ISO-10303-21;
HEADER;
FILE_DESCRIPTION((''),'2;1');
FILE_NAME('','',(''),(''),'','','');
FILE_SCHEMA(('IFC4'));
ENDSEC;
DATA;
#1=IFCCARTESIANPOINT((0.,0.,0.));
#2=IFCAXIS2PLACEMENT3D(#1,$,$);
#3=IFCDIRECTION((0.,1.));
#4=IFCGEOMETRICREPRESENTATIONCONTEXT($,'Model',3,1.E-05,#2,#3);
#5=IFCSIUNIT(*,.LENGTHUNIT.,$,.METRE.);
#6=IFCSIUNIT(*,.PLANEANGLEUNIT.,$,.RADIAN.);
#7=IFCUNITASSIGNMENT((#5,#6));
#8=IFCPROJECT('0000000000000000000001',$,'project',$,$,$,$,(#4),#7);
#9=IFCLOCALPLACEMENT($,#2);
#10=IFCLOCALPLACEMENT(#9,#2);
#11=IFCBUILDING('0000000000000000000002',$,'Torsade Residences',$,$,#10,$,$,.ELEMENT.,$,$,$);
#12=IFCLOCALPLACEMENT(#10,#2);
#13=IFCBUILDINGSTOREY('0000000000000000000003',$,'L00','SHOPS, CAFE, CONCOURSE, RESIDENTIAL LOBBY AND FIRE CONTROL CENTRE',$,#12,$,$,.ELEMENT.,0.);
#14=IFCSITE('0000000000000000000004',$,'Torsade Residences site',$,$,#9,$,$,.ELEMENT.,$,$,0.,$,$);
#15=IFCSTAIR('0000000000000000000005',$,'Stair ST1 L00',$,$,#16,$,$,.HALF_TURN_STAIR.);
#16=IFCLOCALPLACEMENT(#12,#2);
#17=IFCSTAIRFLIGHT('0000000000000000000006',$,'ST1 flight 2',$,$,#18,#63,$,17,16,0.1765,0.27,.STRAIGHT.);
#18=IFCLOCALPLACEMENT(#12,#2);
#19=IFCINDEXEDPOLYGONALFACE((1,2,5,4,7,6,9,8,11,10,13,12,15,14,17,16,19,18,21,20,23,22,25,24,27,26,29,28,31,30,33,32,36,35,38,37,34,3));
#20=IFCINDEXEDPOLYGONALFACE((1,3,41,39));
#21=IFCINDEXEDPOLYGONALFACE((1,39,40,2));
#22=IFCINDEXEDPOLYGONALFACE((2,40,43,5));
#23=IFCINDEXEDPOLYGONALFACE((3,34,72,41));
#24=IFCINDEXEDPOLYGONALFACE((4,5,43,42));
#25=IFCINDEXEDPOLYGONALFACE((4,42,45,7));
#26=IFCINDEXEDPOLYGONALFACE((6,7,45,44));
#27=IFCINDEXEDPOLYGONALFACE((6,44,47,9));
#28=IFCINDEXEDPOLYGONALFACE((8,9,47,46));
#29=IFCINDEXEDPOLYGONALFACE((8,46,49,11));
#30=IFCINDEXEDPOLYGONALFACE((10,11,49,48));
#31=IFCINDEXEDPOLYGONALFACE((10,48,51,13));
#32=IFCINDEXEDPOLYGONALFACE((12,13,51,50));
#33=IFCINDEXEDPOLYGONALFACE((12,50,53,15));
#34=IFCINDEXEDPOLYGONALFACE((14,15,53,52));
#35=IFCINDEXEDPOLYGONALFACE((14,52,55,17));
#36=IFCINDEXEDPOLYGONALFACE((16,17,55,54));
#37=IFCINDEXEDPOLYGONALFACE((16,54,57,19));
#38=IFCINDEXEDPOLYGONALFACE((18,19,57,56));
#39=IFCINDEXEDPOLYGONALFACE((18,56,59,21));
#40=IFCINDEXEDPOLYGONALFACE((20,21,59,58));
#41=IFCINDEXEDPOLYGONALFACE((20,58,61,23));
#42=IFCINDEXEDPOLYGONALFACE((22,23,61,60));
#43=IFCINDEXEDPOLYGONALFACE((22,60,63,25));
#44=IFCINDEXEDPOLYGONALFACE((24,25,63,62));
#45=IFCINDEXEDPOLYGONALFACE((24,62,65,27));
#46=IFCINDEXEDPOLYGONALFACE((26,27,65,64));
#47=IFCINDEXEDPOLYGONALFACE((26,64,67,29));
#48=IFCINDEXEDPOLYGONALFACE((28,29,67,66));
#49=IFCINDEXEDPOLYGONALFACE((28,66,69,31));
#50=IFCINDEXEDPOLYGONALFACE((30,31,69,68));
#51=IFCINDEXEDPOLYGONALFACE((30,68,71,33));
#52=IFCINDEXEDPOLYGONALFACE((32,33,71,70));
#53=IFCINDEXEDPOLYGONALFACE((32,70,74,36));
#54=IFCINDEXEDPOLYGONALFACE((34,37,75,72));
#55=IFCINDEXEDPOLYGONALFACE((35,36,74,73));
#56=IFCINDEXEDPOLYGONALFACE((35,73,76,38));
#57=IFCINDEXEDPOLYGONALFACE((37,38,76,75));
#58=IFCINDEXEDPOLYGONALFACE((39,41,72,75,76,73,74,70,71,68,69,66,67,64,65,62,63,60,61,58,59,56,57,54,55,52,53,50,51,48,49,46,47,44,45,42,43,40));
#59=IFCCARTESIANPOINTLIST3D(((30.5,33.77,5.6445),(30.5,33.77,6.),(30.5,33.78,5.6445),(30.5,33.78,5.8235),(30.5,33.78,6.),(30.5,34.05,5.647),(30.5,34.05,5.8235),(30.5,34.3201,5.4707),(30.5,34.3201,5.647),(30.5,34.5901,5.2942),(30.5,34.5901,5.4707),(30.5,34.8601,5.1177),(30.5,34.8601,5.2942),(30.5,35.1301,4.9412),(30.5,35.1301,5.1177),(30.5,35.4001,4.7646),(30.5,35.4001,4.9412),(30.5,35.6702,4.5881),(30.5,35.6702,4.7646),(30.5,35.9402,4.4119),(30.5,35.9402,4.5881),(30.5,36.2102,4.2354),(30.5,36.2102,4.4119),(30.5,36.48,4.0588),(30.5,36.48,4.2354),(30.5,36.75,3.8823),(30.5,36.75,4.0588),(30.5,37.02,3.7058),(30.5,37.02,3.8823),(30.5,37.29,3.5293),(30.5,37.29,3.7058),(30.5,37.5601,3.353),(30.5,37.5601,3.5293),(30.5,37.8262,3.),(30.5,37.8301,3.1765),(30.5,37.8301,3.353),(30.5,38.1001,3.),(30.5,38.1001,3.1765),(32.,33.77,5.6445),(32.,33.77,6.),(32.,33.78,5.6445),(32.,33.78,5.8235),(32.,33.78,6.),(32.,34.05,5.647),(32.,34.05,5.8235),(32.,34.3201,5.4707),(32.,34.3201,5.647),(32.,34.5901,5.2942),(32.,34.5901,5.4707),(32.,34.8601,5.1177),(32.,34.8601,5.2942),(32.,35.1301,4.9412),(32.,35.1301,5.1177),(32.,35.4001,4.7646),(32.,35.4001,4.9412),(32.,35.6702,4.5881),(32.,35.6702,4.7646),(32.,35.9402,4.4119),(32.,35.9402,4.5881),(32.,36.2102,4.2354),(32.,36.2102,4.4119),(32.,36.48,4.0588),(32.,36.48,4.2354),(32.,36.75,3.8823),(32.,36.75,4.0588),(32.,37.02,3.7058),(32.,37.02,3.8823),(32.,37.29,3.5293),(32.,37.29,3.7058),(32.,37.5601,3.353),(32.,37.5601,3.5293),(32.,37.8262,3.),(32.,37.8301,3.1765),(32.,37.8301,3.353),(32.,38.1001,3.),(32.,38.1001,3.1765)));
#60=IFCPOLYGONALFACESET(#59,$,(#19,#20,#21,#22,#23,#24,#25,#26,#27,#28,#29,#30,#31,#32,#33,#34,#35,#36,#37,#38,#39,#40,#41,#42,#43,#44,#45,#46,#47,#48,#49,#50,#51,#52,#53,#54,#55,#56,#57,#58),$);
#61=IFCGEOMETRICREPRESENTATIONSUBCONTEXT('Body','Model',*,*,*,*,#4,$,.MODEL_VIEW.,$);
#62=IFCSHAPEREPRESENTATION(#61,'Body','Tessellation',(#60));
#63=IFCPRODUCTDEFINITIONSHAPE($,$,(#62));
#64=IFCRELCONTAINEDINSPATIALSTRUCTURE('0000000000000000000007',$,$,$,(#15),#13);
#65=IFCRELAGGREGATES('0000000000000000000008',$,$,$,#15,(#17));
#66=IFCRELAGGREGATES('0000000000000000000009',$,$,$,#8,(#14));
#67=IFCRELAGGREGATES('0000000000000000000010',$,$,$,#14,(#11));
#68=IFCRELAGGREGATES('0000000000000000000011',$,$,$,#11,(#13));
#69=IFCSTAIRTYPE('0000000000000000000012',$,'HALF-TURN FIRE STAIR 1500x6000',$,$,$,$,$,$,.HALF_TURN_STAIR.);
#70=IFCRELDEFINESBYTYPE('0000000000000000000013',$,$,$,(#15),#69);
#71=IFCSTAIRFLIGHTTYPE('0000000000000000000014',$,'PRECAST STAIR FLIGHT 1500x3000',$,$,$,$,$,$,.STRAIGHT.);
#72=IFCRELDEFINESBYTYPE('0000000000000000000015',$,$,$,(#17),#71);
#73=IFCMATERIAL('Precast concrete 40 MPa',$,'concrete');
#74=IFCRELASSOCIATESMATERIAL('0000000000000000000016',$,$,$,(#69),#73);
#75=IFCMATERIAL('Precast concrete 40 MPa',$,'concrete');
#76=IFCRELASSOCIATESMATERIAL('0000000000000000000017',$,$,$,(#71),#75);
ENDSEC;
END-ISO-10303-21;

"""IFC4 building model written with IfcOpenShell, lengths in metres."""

from ifc_helpers import new_model, si_unit, direction, frame, origin, place, context, subcontext, project, spatial, polyline, outline, extrude, material, type_object, element, aggregate, save


model = new_model("IFC4")

# Units and contexts
model_context = context("Model", 3, precision=1e-05, world=origin(), true_north=direction((0.0, 1.0)))
body_context = subcontext(model_context, "Body", "Model", "MODEL_VIEW")
ifc_project = project(units=[si_unit("LENGTHUNIT", "METRE"), si_unit("PLANEANGLEUNIT", "RADIAN")], contexts=[model_context])

# Site, building, storey
site_placement = place(None, origin())
site = spatial("IfcSite", under=ifc_project, at=site_placement, Name="Torsade Residences site", CompositionType="ELEMENT", RefElevation=0.0)
building_placement = place(site_placement, origin())
building = spatial("IfcBuilding", under=site, at=building_placement, Name="Torsade Residences", CompositionType="ELEMENT")
storey_placement = place(building_placement, origin())
storey = spatial("IfcBuildingStorey", under=building, at=storey_placement, Name="L00", Description="SHOPS, CAFE, CONCOURSE, RESIDENTIAL LOBBY AND FIRE CONTROL CENTRE", CompositionType="ELEMENT", Elevation=0.0)

# Stair, stair flight
ifc_material_1 = material(Name="Precast concrete 40 MPa", Category="concrete")
stair_type = type_object("IfcStairType", Name="HALF-TURN FIRE STAIR 1500x6000", PredefinedType="HALF_TURN_STAIR", material=ifc_material_1)
stair_placement = place(storey_placement, origin())
stair = element("IfcStair", 1, at=stair_placement, inside=storey, type_object=stair_type, Name="Stair ST1 L00", PredefinedType="HALF_TURN_STAIR")
ifc_material_2 = material(Name="Precast concrete 40 MPa", Category="concrete")
stair_flight_type = type_object("IfcStairFlightType", Name="PRECAST STAIR FLIGHT 1500x3000", PredefinedType="STRAIGHT", material=ifc_material_2)
stair_flight_placement = place(storey_placement, frame((31.25, 38.1001, 3.0), z_axis=(0.0, 0.0, 1.0), x_axis=(0.0, -1.0, 0.0)))
stair_flight = element("IfcStairFlight", 2, at=stair_flight_placement, type_object=stair_flight_type, Name="ST1 flight 2", NumberOfRisers=17, NumberOfTreads=16, PredefinedType="STRAIGHT", RiserHeight=0.1765, TreadLength=0.27, context=body_context, shape_type="SweptSolid", body=[
    extrude(outline(polyline([(0.0, 0.0), (0.0, 0.1765), (0.27, 0.1765), (0.27, 0.353), (0.54, 0.353), (0.54, 0.5293), (0.8101, 0.5293), (0.8101, 0.7058), (1.0801, 0.7058), (1.0801, 0.8823), (1.3501, 0.8823), (1.3501, 1.0588), (1.6201, 1.0588), (1.6201, 1.2354), (1.8899, 1.2354), (1.8899, 1.4119), (2.1599, 1.4119), (2.1599, 1.5881), (2.4299, 1.5881), (2.4299, 1.7646), (2.7, 1.7646), (2.7, 1.9412), (2.97, 1.9412), (2.97, 2.1177), (3.24, 2.1177), (3.24, 2.2942), (3.51, 2.2942), (3.51, 2.4707), (3.78, 2.4707), (3.78, 2.647), (4.05, 2.647), (4.05, 2.8235), (4.3201, 2.8235), (4.3201, 3.0), (4.3301, 3.0), (4.3301, 2.6445), (4.3201, 2.6445), (0.2739, 0.0), (0.0, 0.0)])), frame((0.0, 0.75, 0.0), z_axis=(0.0, -1.0, 0.0), x_axis=(1.0, 0.0, 0.0)), (0.0, 0.0, 1.0), 1.5),
])
aggregate(stair, [stair_flight])

save(model, "model.ifc")
